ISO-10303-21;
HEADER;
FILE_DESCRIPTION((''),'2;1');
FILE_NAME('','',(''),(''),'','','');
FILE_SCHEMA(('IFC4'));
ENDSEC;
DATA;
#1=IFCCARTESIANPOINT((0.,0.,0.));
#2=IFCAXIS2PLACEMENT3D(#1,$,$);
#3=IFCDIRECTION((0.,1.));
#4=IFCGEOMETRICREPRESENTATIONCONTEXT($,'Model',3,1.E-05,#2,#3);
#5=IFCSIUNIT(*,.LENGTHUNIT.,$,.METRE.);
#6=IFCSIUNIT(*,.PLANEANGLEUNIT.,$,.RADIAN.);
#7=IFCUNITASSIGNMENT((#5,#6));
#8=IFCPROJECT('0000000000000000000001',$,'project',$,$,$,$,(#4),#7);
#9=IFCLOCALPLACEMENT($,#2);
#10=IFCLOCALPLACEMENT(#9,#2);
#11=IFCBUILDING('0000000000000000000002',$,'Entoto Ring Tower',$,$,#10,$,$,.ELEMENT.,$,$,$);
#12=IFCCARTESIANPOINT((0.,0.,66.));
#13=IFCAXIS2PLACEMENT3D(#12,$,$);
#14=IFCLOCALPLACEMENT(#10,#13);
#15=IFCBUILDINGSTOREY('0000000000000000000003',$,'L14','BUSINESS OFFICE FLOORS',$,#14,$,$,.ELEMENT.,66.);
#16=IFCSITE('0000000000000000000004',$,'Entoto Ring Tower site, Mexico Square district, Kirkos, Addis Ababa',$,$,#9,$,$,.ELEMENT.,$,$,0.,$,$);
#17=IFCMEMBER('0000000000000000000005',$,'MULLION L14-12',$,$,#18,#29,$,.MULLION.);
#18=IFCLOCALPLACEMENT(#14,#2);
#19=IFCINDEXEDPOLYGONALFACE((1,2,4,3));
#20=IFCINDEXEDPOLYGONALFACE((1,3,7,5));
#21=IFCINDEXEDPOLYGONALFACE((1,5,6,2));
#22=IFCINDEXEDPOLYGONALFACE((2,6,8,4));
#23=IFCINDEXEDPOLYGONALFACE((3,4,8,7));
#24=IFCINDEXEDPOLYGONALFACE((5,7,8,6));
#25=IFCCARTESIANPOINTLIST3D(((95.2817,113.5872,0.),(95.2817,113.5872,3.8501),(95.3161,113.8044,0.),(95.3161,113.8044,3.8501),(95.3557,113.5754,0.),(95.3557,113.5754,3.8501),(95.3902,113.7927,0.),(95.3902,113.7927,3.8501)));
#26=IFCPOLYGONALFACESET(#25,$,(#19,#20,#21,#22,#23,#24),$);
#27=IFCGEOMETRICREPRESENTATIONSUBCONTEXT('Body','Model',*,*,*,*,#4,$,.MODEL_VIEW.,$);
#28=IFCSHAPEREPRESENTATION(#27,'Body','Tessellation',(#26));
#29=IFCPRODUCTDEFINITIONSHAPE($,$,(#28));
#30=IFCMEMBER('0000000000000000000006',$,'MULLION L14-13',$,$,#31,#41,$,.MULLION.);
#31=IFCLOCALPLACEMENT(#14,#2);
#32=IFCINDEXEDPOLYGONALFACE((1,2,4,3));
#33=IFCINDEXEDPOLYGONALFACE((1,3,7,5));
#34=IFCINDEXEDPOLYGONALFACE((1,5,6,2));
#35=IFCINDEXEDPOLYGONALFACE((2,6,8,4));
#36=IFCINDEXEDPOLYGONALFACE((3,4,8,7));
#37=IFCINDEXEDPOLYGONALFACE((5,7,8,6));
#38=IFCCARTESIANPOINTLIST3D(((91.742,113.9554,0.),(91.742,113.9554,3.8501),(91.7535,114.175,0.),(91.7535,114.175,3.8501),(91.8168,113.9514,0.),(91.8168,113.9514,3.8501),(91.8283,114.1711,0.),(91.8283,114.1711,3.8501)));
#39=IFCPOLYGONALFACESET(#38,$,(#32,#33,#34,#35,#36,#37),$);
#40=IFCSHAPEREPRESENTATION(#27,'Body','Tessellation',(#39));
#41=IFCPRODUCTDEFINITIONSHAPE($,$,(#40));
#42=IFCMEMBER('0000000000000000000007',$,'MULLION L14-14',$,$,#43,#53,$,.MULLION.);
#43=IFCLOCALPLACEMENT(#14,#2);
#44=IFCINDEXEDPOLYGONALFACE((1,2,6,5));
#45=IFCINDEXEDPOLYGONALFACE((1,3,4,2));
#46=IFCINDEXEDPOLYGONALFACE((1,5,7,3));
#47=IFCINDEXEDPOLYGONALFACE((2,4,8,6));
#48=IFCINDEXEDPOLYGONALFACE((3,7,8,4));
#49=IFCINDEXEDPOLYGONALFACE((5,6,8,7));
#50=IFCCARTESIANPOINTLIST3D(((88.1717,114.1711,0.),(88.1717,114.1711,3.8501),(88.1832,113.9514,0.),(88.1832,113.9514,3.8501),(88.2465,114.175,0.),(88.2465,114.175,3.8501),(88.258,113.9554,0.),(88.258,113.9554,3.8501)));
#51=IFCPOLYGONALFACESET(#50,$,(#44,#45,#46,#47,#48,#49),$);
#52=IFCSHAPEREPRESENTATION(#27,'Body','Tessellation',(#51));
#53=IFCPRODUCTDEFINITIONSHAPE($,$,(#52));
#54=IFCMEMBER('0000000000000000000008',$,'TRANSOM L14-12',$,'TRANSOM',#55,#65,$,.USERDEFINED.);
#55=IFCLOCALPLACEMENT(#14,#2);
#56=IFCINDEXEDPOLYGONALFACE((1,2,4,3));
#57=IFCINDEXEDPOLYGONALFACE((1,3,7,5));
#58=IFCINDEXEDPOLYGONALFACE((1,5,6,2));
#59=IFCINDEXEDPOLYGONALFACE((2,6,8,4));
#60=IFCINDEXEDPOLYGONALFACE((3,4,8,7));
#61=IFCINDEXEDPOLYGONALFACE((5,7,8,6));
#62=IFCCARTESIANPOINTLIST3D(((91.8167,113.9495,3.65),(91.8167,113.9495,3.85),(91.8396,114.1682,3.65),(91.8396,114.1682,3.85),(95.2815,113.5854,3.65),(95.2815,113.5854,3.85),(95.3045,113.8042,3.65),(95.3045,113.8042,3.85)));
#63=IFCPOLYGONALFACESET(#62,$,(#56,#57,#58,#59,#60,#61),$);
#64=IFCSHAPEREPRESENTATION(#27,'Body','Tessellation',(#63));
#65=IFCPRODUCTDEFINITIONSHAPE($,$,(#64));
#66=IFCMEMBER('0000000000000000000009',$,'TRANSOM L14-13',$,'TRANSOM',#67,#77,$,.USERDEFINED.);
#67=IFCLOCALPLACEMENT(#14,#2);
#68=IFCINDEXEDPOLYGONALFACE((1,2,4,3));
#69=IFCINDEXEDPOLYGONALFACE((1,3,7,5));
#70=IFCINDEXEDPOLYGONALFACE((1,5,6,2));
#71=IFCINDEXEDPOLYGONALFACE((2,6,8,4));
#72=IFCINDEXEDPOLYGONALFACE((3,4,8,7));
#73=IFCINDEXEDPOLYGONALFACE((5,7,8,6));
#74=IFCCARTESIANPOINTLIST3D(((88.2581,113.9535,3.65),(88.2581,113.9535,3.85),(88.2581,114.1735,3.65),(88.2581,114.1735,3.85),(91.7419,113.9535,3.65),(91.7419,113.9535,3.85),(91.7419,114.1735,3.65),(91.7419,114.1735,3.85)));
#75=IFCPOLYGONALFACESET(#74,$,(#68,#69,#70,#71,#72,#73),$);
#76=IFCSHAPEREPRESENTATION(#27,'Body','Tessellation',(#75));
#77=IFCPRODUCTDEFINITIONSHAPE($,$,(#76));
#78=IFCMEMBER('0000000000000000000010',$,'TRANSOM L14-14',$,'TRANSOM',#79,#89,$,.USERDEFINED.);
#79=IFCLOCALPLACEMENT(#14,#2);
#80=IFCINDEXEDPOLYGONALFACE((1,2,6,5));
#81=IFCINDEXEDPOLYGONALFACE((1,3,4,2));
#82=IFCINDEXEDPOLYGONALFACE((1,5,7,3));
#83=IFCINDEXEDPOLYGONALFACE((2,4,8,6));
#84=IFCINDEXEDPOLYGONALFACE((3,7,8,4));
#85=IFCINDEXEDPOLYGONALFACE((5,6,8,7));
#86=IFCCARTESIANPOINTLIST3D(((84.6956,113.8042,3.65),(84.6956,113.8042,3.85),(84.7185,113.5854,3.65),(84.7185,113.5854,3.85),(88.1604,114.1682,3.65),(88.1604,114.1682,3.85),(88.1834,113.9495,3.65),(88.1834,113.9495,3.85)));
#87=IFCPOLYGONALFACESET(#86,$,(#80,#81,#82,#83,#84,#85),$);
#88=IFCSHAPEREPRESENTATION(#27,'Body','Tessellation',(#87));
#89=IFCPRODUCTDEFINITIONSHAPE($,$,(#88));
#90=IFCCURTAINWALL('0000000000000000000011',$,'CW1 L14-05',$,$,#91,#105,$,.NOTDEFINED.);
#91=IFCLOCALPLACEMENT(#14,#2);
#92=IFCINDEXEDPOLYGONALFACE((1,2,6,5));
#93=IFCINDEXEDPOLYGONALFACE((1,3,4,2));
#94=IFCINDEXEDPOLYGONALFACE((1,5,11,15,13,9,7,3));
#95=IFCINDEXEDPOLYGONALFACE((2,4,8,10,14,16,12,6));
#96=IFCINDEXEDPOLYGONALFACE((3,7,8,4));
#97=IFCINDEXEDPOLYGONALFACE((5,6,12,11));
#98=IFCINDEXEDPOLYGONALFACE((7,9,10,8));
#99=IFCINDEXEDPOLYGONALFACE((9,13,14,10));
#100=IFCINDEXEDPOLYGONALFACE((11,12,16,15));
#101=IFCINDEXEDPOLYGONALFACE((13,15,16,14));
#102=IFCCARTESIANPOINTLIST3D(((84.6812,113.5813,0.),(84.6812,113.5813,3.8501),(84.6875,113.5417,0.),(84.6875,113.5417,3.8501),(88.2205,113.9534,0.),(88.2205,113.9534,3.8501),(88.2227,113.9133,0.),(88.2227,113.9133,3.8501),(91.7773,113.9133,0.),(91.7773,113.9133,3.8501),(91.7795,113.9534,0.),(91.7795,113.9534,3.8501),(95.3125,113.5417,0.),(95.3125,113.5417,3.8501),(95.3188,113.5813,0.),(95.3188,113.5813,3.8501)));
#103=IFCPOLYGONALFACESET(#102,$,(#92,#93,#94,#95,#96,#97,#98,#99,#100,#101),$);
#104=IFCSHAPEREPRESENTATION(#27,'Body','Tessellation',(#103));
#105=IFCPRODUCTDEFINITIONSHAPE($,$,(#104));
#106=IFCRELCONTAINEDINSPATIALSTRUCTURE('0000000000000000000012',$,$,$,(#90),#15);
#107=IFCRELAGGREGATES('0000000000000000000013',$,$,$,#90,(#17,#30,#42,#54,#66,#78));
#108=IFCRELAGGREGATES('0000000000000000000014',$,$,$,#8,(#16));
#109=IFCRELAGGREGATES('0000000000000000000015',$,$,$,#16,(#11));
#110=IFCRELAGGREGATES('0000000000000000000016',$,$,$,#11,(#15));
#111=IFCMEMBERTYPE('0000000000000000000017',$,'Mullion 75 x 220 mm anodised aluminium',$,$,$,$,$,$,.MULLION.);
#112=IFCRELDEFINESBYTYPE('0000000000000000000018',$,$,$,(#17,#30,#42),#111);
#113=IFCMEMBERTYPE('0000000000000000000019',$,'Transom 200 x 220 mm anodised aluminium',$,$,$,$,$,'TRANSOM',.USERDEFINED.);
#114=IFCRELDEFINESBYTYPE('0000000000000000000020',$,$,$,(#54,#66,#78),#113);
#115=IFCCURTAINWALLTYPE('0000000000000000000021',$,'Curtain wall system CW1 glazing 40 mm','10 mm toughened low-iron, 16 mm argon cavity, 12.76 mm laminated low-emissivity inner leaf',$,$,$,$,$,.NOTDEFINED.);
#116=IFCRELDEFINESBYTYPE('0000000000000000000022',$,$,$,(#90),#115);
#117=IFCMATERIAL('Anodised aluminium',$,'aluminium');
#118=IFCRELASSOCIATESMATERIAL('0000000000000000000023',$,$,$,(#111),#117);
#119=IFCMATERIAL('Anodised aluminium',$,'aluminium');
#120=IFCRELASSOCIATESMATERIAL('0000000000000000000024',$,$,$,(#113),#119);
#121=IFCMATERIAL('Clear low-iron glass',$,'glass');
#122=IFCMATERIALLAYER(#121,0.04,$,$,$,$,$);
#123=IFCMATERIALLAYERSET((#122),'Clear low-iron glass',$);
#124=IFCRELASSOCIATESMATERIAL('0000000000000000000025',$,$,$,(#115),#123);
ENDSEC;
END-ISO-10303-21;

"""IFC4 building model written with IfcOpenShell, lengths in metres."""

from ifc_helpers import new_model, si_unit, direction, frame, origin, origin_2d, place, context, subcontext, project, spatial, polyline, rectangle, outline, extrude, material, layer, layer_set, material_profile, profile_set, type_object, element, aggregate, save


model = new_model("IFC4")

# Units and contexts
model_context = context("Model", 3, precision=1e-05, world=origin(), true_north=direction((0.0, 1.0)))
body_context = subcontext(model_context, "Body", "Model", "MODEL_VIEW")
ifc_project = project(units=[si_unit("LENGTHUNIT", "METRE"), si_unit("PLANEANGLEUNIT", "RADIAN")], contexts=[model_context])

# Members
ifc_material_1 = material(Name="Anodised aluminium", Category="aluminium")
ifc_material_profile_1 = material_profile(ifc_material_1, rectangle(XDim=0.075, YDim=0.22, at=origin_2d()), Name="Mullion 75 x 220 mm anodised aluminium")
ifc_profile_set_1 = profile_set([ifc_material_profile_1], Name="Anodised aluminium")
member_type_1 = type_object("IfcMemberType", Name="Mullion 75 x 220 mm anodised aluminium", PredefinedType="MULLION", material=ifc_profile_set_1)
site_placement = place(None, origin())
building_placement = place(site_placement, origin())
storey_placement = place(building_placement, frame((0.0, 0.0, 66.0)))
member_1_placement = place(storey_placement, frame((95.3359, 113.6899, 0.0), z_axis=(0.0, 0.0, 1.0), x_axis=(-0.987688, 0.156434, 0.0)))
member_1 = element("IfcMember", 1, at=member_1_placement, type_object=member_type_1, Name="MULLION L14-12", PredefinedType="MULLION", context=body_context, shape_type="SweptSolid", body=[
    extrude(rectangle(XDim=0.075, YDim=0.22, at=origin_2d()), origin(), (0.0, 0.0, 1.0), 3.8501),
])
member_2_placement = place(storey_placement, frame((91.7852, 114.0632, 0.0), z_axis=(0.0, 0.0, 1.0), x_axis=(-0.99863, 0.052336, 0.0)))
member_2 = element("IfcMember", 2, at=member_2_placement, type_object=member_type_1, Name="MULLION L14-13", PredefinedType="MULLION", context=body_context, shape_type="SweptSolid", body=[
    extrude(rectangle(XDim=0.075, YDim=0.22, at=origin_2d()), origin(), (0.0, 0.0, 1.0), 3.8501),
])
member_3_placement = place(storey_placement, frame((88.2148, 114.0632, 0.0), z_axis=(0.0, 0.0, 1.0), x_axis=(-0.99863, -0.052336, 0.0)))
member_3 = element("IfcMember", 3, at=member_3_placement, type_object=member_type_1, Name="MULLION L14-14", PredefinedType="MULLION", context=body_context, shape_type="SweptSolid", body=[
    extrude(rectangle(XDim=0.075, YDim=0.22, at=origin_2d()), origin(), (0.0, 0.0, 1.0), 3.8501),
])
ifc_material_2 = material(Name="Anodised aluminium", Category="aluminium")
ifc_material_profile_2 = material_profile(ifc_material_2, rectangle(XDim=0.22, YDim=0.2, at=origin_2d()), Name="Transom 200 x 220 mm anodised aluminium")
ifc_profile_set_2 = profile_set([ifc_material_profile_2], Name="Anodised aluminium")
member_type_2 = type_object("IfcMemberType", Name="Transom 200 x 220 mm anodised aluminium", ElementType="TRANSOM", PredefinedType="USERDEFINED", material=ifc_profile_set_2)
member_4_placement = place(storey_placement, frame((95.293, 113.6948, 3.75), z_axis=(-0.994527, 0.104484, 0.0), x_axis=(-0.104484, -0.994527, 0.0)))
member_4 = element("IfcMember", 4, at=member_4_placement, type_object=member_type_2, Name="TRANSOM L14-12", ObjectType="TRANSOM", PredefinedType="USERDEFINED", context=body_context, shape_type="SweptSolid", body=[
    extrude(rectangle(XDim=0.22, YDim=0.2, at=origin_2d()), origin(), (0.0, 0.0, 1.0), 3.4839),
])
member_5_placement = place(storey_placement, frame((91.7419, 114.0635, 3.75), z_axis=(-1.0, 0.0, 0.0), x_axis=(0.0, -1.0, 0.0)))
member_5 = element("IfcMember", 5, at=member_5_placement, type_object=member_type_2, Name="TRANSOM L14-13", ObjectType="TRANSOM", PredefinedType="USERDEFINED", context=body_context, shape_type="SweptSolid", body=[
    extrude(rectangle(XDim=0.22, YDim=0.2, at=origin_2d()), origin(), (0.0, 0.0, 1.0), 3.4839),
])
member_6_placement = place(storey_placement, frame((88.1719, 114.0588, 3.75), z_axis=(-0.994527, -0.104484, 0.0), x_axis=(0.104484, -0.994527, 0.0)))
member_6 = element("IfcMember", 6, at=member_6_placement, type_object=member_type_2, Name="TRANSOM L14-14", ObjectType="TRANSOM", PredefinedType="USERDEFINED", context=body_context, shape_type="SweptSolid", body=[
    extrude(rectangle(XDim=0.22, YDim=0.2, at=origin_2d()), origin(), (0.0, 0.0, 1.0), 3.4839),
])

# Site, building, storey
site = spatial("IfcSite", under=ifc_project, at=site_placement, Name="Entoto Ring Tower site, Mexico Square district, Kirkos, Addis Ababa", CompositionType="ELEMENT", RefElevation=0.0)
building = spatial("IfcBuilding", under=site, at=building_placement, Name="Entoto Ring Tower", CompositionType="ELEMENT")
storey = spatial("IfcBuildingStorey", under=building, at=storey_placement, Name="L14", Description="BUSINESS OFFICE FLOORS", CompositionType="ELEMENT", Elevation=66.0)

# Curtain wall
ifc_material_3 = material(Name="Clear low-iron glass", Category="glass")
ifc_layer = layer(ifc_material_3, 0.04)
ifc_layer_set = layer_set([ifc_layer], Name="Clear low-iron glass")
curtain_wall_type = type_object("IfcCurtainWallType", Name="Curtain wall system CW1 glazing 40 mm", Description="10 mm toughened low-iron, 16 mm argon cavity, 12.76 mm laminated low-emissivity inner leaf", PredefinedType="NOTDEFINED", material=ifc_layer_set)
curtain_wall_1_placement = place(storey_placement, origin())
curtain_wall_1 = element("IfcCurtainWall", 7, at=curtain_wall_1_placement, inside=storey, type_object=curtain_wall_type, Name="CW1 L14-05", PredefinedType="NOTDEFINED", context=body_context, shape_type="SweptSolid", body=[
    extrude(outline(polyline([(95.3188, 113.5813), (91.7795, 113.9534), (88.2205, 113.9534), (84.6812, 113.5813), (84.6875, 113.5417), (88.2227, 113.9133), (91.7773, 113.9133), (95.3125, 113.5417), (95.3188, 113.5813)])), origin(), (0.0, 0.0, 1.0), 3.8501),
])
aggregate(curtain_wall_1, [member_1, member_2, member_3, member_4, member_5, member_6])

save(model, "model.ifc")
